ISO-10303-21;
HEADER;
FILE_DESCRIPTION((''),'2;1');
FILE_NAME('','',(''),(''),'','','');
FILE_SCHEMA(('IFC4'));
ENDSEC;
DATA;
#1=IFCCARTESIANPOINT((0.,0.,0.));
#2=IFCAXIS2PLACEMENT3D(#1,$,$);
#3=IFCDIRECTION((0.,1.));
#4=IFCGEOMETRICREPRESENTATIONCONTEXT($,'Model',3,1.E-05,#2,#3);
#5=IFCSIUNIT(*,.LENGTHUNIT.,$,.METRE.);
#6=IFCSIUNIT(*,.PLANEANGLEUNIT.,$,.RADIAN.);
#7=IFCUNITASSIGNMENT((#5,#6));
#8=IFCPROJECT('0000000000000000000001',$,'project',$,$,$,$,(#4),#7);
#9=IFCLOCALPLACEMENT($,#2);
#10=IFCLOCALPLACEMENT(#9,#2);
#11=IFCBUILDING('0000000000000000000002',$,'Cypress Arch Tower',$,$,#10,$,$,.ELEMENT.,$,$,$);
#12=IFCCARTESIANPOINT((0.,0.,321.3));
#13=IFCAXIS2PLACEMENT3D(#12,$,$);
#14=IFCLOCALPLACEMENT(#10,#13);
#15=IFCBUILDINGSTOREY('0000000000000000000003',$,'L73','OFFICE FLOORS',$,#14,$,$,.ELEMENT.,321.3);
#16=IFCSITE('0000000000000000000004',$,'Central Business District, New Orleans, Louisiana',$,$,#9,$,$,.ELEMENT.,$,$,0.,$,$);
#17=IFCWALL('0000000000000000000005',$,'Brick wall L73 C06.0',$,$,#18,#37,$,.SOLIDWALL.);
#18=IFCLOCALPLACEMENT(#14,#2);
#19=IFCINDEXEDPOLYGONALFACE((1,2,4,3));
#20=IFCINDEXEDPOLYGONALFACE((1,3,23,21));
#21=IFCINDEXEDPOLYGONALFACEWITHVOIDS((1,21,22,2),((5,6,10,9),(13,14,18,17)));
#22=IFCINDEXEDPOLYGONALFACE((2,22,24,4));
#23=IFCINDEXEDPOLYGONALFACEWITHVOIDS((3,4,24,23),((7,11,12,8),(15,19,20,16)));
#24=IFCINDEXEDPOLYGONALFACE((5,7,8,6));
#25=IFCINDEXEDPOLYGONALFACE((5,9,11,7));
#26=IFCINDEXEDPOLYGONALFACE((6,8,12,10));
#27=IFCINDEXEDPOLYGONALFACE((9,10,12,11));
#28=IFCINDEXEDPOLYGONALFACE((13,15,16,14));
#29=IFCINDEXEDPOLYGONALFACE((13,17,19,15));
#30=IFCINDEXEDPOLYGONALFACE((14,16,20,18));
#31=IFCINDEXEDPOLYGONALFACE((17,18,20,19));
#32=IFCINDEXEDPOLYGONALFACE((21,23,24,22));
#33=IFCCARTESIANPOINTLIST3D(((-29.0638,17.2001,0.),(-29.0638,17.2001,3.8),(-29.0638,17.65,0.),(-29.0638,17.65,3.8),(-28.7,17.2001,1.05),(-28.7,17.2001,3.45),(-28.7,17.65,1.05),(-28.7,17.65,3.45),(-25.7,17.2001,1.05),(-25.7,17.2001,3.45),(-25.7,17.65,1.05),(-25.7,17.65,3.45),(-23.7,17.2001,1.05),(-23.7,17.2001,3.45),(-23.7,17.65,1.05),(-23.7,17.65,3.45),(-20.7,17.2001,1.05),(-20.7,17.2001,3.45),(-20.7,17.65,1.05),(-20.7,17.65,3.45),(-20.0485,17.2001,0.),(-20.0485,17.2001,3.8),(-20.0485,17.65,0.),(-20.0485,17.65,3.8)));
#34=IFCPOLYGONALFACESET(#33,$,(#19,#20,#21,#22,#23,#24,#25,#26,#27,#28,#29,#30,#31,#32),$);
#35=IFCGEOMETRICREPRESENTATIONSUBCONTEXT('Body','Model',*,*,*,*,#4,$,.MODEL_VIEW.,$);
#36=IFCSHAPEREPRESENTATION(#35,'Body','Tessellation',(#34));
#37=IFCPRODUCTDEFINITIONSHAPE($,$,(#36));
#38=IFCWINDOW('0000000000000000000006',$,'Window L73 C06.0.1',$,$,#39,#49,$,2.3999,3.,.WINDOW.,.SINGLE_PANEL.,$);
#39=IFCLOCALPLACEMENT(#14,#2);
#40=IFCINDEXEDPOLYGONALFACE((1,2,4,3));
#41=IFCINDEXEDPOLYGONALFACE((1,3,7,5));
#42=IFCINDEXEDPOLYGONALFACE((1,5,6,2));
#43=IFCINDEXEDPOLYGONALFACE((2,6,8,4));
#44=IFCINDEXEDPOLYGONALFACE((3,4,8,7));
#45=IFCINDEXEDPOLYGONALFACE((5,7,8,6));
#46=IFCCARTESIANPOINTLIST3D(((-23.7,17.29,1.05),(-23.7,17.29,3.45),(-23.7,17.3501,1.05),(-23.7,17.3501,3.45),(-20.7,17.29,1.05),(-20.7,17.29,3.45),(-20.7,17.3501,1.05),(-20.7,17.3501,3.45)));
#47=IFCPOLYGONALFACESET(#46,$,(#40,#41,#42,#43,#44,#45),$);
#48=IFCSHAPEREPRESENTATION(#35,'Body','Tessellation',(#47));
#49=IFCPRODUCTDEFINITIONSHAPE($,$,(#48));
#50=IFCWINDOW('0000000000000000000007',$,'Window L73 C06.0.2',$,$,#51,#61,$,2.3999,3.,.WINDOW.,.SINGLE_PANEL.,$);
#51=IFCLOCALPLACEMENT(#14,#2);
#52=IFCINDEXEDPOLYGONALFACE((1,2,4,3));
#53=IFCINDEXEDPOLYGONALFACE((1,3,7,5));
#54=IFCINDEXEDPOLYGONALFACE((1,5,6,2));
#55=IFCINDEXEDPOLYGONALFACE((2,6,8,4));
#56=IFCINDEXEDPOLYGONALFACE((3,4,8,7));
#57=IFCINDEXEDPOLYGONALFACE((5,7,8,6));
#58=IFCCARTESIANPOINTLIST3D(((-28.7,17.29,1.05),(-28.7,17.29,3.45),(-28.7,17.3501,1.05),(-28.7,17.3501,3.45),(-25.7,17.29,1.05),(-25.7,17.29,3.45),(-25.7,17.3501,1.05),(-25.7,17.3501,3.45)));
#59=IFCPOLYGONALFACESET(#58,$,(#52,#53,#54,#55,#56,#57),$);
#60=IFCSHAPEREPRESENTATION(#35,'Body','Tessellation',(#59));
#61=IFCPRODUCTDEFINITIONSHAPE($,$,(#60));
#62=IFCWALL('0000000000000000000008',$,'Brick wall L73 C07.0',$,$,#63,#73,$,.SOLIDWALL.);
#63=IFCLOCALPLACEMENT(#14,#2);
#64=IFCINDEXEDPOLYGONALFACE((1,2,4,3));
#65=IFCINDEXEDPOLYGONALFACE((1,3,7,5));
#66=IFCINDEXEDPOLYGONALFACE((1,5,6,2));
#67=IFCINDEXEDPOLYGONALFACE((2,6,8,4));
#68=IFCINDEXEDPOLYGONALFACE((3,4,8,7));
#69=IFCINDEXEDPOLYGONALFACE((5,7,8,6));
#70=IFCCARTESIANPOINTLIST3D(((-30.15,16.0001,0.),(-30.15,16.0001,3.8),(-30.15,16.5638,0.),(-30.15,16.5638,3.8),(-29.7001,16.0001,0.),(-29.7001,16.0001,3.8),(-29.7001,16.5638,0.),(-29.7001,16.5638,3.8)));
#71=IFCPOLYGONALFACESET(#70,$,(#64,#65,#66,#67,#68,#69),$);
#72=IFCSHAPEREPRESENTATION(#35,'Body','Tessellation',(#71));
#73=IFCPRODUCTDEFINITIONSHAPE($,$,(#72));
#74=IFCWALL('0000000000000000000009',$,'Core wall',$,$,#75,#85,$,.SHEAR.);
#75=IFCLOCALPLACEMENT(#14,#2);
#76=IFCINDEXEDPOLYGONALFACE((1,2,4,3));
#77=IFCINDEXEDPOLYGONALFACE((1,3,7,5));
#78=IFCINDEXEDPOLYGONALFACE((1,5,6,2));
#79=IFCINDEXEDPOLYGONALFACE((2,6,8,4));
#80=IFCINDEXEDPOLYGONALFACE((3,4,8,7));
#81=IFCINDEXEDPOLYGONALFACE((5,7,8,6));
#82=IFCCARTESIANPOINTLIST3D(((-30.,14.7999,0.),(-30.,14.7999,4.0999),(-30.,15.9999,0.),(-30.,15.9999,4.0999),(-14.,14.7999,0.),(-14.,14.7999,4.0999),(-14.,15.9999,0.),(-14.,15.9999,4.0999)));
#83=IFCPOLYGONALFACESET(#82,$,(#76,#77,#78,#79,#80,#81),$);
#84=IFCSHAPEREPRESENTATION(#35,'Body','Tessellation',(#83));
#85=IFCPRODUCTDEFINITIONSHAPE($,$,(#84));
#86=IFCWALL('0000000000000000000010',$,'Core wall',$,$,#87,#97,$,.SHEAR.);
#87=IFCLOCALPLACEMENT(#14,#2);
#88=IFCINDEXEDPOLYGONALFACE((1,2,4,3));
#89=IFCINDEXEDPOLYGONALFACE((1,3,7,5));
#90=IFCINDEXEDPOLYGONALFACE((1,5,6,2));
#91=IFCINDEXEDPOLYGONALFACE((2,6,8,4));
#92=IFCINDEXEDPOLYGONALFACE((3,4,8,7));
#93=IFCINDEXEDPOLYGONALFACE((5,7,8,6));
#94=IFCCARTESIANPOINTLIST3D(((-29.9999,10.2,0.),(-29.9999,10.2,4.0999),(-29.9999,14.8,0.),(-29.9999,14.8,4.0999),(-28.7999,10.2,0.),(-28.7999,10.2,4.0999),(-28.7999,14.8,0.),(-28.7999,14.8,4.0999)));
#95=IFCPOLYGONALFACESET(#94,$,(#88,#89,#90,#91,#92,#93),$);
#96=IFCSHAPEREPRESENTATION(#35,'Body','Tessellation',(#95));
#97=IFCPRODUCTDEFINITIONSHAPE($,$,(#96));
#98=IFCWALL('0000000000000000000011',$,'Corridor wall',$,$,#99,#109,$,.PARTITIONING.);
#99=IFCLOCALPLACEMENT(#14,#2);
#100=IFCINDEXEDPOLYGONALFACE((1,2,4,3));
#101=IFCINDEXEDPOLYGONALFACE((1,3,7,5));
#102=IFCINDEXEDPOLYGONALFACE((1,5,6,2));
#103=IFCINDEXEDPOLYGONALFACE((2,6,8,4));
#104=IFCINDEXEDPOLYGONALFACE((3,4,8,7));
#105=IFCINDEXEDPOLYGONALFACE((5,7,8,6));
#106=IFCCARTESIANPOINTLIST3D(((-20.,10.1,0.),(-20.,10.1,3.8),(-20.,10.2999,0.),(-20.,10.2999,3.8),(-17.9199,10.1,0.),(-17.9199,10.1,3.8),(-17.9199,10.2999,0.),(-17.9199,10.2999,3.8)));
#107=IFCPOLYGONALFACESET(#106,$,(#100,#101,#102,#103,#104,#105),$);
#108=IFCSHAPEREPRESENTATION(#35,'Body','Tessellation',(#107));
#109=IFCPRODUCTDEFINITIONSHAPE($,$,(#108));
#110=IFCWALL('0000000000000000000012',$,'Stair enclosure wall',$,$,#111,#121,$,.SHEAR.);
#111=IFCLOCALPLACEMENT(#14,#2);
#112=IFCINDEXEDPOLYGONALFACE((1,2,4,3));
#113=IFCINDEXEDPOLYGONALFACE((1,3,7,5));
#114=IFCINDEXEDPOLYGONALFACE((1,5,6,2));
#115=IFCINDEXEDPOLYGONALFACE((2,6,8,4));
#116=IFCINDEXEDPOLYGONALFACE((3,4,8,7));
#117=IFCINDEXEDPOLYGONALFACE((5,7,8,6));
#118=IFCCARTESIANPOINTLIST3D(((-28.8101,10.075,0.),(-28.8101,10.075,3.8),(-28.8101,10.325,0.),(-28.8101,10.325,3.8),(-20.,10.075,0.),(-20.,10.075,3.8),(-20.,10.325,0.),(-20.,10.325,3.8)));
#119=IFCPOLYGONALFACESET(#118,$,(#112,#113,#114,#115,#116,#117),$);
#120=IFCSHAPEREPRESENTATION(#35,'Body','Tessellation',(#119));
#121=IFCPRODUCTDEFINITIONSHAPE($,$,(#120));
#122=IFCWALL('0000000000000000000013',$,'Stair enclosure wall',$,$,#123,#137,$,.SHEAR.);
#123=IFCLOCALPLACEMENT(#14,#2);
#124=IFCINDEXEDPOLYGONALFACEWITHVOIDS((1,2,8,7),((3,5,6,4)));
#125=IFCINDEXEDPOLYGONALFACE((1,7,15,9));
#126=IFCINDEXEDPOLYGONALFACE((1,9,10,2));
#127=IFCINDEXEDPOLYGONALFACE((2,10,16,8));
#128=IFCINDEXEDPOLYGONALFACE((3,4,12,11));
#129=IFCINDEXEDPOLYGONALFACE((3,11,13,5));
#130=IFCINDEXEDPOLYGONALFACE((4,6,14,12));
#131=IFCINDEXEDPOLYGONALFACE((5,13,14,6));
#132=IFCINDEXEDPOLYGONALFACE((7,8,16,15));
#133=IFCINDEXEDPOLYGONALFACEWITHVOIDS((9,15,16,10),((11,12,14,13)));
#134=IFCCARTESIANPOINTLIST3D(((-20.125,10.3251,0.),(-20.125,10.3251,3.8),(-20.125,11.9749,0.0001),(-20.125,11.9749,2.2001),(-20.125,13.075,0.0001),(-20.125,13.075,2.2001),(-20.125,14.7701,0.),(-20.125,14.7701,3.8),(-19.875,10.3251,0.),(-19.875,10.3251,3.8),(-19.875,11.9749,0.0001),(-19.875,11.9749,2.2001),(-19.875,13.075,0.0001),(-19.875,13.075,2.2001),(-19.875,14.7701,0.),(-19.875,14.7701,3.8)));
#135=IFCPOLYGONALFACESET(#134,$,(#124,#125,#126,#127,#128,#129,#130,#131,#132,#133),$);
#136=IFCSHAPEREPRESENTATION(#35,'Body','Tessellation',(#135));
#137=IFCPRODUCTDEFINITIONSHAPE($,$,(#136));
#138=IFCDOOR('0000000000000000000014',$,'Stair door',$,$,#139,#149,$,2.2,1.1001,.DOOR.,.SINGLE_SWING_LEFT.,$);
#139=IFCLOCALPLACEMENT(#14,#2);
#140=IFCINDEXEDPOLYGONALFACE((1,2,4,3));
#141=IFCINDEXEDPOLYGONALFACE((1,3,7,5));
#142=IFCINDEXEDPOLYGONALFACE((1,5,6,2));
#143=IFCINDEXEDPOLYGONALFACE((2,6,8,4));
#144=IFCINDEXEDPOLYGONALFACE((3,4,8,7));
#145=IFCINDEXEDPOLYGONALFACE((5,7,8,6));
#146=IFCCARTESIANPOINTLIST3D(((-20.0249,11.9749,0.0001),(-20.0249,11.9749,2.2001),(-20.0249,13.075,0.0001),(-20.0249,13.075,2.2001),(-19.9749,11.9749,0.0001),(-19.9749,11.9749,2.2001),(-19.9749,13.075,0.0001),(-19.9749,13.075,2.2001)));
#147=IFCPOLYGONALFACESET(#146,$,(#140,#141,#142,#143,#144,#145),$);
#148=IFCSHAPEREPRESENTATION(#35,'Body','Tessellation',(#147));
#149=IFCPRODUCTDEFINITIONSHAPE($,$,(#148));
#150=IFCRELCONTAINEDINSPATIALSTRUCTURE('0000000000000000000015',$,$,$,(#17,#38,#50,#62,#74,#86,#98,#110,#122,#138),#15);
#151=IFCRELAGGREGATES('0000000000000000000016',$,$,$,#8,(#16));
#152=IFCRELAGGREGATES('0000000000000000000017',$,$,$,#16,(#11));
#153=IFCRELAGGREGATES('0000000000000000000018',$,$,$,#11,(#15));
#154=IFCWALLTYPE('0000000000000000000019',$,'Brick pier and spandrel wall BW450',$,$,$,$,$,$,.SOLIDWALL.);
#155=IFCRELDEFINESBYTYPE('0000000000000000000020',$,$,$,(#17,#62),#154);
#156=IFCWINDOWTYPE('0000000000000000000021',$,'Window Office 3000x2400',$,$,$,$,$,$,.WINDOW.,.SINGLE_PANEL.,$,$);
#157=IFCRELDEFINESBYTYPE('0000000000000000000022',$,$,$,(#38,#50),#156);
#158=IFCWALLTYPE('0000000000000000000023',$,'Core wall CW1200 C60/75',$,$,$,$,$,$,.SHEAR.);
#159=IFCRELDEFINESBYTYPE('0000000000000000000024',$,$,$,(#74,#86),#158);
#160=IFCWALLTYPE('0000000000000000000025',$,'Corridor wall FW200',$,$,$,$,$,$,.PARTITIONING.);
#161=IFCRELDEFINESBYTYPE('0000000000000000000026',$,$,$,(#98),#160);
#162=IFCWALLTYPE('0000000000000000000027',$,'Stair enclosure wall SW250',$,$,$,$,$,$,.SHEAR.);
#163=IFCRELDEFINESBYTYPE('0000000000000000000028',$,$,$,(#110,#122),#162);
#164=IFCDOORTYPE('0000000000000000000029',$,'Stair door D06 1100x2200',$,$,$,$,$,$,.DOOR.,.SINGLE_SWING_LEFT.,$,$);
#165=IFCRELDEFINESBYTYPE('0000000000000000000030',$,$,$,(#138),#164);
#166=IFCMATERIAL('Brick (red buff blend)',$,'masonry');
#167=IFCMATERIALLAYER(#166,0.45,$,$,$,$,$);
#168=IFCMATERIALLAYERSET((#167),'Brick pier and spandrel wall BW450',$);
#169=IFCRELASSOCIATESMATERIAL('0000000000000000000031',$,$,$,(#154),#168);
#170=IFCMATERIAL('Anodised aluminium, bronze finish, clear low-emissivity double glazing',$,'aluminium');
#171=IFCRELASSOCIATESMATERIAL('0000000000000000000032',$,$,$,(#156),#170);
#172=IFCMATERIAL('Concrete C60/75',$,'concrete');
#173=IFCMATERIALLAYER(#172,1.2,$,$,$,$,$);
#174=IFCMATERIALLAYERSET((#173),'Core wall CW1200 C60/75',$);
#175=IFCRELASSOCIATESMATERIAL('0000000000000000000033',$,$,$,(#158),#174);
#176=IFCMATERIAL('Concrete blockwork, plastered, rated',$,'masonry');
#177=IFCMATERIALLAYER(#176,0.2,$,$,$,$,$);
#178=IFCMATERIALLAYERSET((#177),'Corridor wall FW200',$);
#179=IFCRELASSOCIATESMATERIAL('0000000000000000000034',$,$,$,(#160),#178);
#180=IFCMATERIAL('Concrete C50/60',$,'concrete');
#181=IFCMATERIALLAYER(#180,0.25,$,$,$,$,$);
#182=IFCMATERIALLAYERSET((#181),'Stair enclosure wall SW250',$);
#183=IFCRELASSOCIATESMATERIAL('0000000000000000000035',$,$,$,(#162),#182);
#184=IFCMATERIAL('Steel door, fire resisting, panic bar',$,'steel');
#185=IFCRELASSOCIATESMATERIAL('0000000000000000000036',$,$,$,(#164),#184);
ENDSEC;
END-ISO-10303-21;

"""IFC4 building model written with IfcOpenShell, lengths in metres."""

from ifc_helpers import new_model, si_unit, direction, frame, frame_2d, origin, place, context, subcontext, project, spatial, rectangle, extrude, material, layer, layer_set, type_object, element, fill, save


model = new_model("IFC4")

# Units and contexts
model_context = context("Model", 3, precision=1e-05, world=origin(), true_north=direction((0.0, 1.0)))
body_context = subcontext(model_context, "Body", "Model", "MODEL_VIEW")
ifc_project = project(units=[si_unit("LENGTHUNIT", "METRE"), si_unit("PLANEANGLEUNIT", "RADIAN")], contexts=[model_context])

# Site, building, storey
site_placement = place(None, origin())
site = spatial("IfcSite", under=ifc_project, at=site_placement, Name="Central Business District, New Orleans, Louisiana", CompositionType="ELEMENT", RefElevation=0.0)
building_placement = place(site_placement, origin())
building = spatial("IfcBuilding", under=site, at=building_placement, Name="Cypress Arch Tower", CompositionType="ELEMENT")
storey_placement = place(building_placement, frame((0.0, 0.0, 321.3)))
storey = spatial("IfcBuildingStorey", under=building, at=storey_placement, Name="L73", Description="OFFICE FLOORS", CompositionType="ELEMENT", Elevation=321.3)

# Shared definitions
ifc_material_1 = material(Name="Brick (red buff blend)", Category="masonry")
ifc_layer_1 = layer(ifc_material_1, 0.45)
ifc_layer_set_1 = layer_set([ifc_layer_1], Name="Brick pier and spandrel wall BW450")
wall_type_1 = type_object("IfcWallType", Name="Brick pier and spandrel wall BW450", PredefinedType="SOLIDWALL", material=ifc_layer_set_1)
ifc_material_2 = material(Name="Anodised aluminium, bronze finish, clear low-emissivity double glazing", Category="aluminium")
window_type = type_object("IfcWindowType", Name="Window Office 3000x2400", PartitioningType="SINGLE_PANEL", PredefinedType="WINDOW", material=ifc_material_2)

# Wall, openings, windows
wall_1_placement = place(storey_placement, frame((-20.0483, 17.425, 0.0), z_axis=(0.0, 0.0, 1.0), x_axis=(-1.0, 0.0, 0.0)))
wall_1 = element("IfcWall", 1, at=wall_1_placement, inside=storey, type_object=wall_type_1, Name="Brick wall L73 C06.0", PredefinedType="SOLIDWALL", context=body_context, shape_type="SweptSolid", body=[
    extrude(rectangle(XDim=9.0154, YDim=0.45, at=frame_2d((4.5078, 0.0))), origin(), (0.0, 0.0, 1.0), 3.8),
])
opening_1_placement = place(wall_1_placement, frame((0.6516, 0.0, 1.05)))
opening_1 = element("IfcOpeningElement", 2, at=opening_1_placement, cuts=wall_1, PredefinedType="OPENING", context=body_context, shape_type="SweptSolid", body=[
    extrude(rectangle(XDim=3.0, YDim=2.3999, at=frame_2d((1.5, 1.2))), frame((0.0, 0.2349, 0.0), z_axis=(0.0, -1.0, 0.0), x_axis=(1.0, 0.0, 0.0)), (0.0, 0.0, 1.0), 0.47),
])
opening_2_placement = place(wall_1_placement, frame((5.6516, 0.0, 1.05)))
opening_2 = element("IfcOpeningElement", 3, at=opening_2_placement, cuts=wall_1, PredefinedType="OPENING", context=body_context, shape_type="SweptSolid", body=[
    extrude(rectangle(XDim=3.0, YDim=2.3999, at=frame_2d((1.5, 1.2))), frame((0.0, 0.2349, 0.0), z_axis=(0.0, -1.0, 0.0), x_axis=(1.0, 0.0, 0.0)), (0.0, 0.0, 1.0), 0.47),
])
window_1_placement = place(opening_1_placement, origin())
window_1 = element("IfcWindow", 4, at=window_1_placement, inside=storey, type_object=window_type, Name="Window L73 C06.0.1", OverallHeight=2.3999, OverallWidth=3.0, PartitioningType="SINGLE_PANEL", PredefinedType="WINDOW", context=body_context, shape_type="SweptSolid", body=[
    extrude(rectangle(XDim=3.0, YDim=2.3999, at=frame_2d((1.5, 1.2))), frame((0.0, 0.135, 0.0), z_axis=(0.0, -1.0, 0.0), x_axis=(1.0, 0.0, 0.0)), (0.0, 0.0, 1.0), 0.0601),
])
fill(opening_1, window_1)
window_2_placement = place(opening_2_placement, origin())
window_2 = element("IfcWindow", 5, at=window_2_placement, inside=storey, type_object=window_type, Name="Window L73 C06.0.2", OverallHeight=2.3999, OverallWidth=3.0, PartitioningType="SINGLE_PANEL", PredefinedType="WINDOW", context=body_context, shape_type="SweptSolid", body=[
    extrude(rectangle(XDim=3.0, YDim=2.3999, at=frame_2d((1.5, 1.2))), frame((0.0, 0.135, 0.0), z_axis=(0.0, -1.0, 0.0), x_axis=(1.0, 0.0, 0.0)), (0.0, 0.0, 1.0), 0.0601),
])
fill(opening_2, window_2)

# Walls
wall_2_placement = place(storey_placement, frame((-29.925, 16.5637, 0.0), z_axis=(0.0, 0.0, 1.0), x_axis=(0.0, -1.0, 0.0)))
element("IfcWall", 6, at=wall_2_placement, inside=storey, type_object=wall_type_1, Name="Brick wall L73 C07.0", PredefinedType="SOLIDWALL", context=body_context, shape_type="SweptSolid", body=[
    extrude(rectangle(XDim=0.5637, YDim=0.45, at=frame_2d((0.2817, 0.0))), origin(), (0.0, 0.0, 1.0), 3.8),
])
ifc_material_3 = material(Name="Concrete C60/75", Category="concrete")
ifc_layer_2 = layer(ifc_material_3, 1.2)
ifc_layer_set_2 = layer_set([ifc_layer_2], Name="Core wall CW1200 C60/75")
wall_type_2 = type_object("IfcWallType", Name="Core wall CW1200 C60/75", PredefinedType="SHEAR", material=ifc_layer_set_2)
wall_3_placement = place(storey_placement, frame((-30.0, 15.3999, 0.0), z_axis=(0.0, 0.0, 1.0), x_axis=(1.0, 0.0, 0.0)))
element("IfcWall", 7, at=wall_3_placement, inside=storey, type_object=wall_type_2, Name="Core wall", PredefinedType="SHEAR", context=body_context, shape_type="SweptSolid", body=[
    extrude(rectangle(XDim=16.0, YDim=1.2, at=frame_2d((8.0, 0.0))), origin(), (0.0, 0.0, 1.0), 4.0999),
])
wall_4_placement = place(storey_placement, frame((-29.3999, 10.2, 0.0), z_axis=(0.0, 0.0, 1.0), x_axis=(0.0, 1.0, 0.0)))
element("IfcWall", 8, at=wall_4_placement, inside=storey, type_object=wall_type_2, Name="Core wall", PredefinedType="SHEAR", context=body_context, shape_type="SweptSolid", body=[
    extrude(rectangle(XDim=4.6001, YDim=1.2, at=frame_2d((2.3, 0.0))), origin(), (0.0, 0.0, 1.0), 4.0999),
])
ifc_material_4 = material(Name="Concrete blockwork, plastered, rated", Category="masonry")
ifc_layer_3 = layer(ifc_material_4, 0.2)
ifc_layer_set_3 = layer_set([ifc_layer_3], Name="Corridor wall FW200")
wall_type_3 = type_object("IfcWallType", Name="Corridor wall FW200", PredefinedType="PARTITIONING", material=ifc_layer_set_3)
wall_5_placement = place(storey_placement, frame((-20.0, 10.2, 0.0), z_axis=(0.0, 0.0, 1.0), x_axis=(1.0, 0.0, 0.0)))
element("IfcWall", 9, at=wall_5_placement, inside=storey, type_object=wall_type_3, Name="Corridor wall", PredefinedType="PARTITIONING", context=body_context, shape_type="SweptSolid", body=[
    extrude(rectangle(XDim=2.0801, YDim=0.2, at=frame_2d((1.04, 0.0))), origin(), (0.0, 0.0, 1.0), 3.8),
])
ifc_material_5 = material(Name="Concrete C50/60", Category="concrete")
ifc_layer_4 = layer(ifc_material_5, 0.25)
ifc_layer_set_4 = layer_set([ifc_layer_4], Name="Stair enclosure wall SW250")
wall_type_4 = type_object("IfcWallType", Name="Stair enclosure wall SW250", PredefinedType="SHEAR", material=ifc_layer_set_4)
wall_6_placement = place(storey_placement, frame((-28.8101, 10.2, 0.0), z_axis=(0.0, 0.0, 1.0), x_axis=(1.0, 0.0, 0.0)))
element("IfcWall", 10, at=wall_6_placement, inside=storey, type_object=wall_type_4, Name="Stair enclosure wall", PredefinedType="SHEAR", context=body_context, shape_type="SweptSolid", body=[
    extrude(rectangle(XDim=8.8101, YDim=0.25, at=frame_2d((4.405, 0.0))), origin(), (0.0, 0.0, 1.0), 3.8),
])

# Wall, opening, door
wall_7_placement = place(storey_placement, frame((-20.0, 10.325, 0.0), z_axis=(0.0, 0.0, 1.0), x_axis=(0.0, 1.0, 0.0)))
wall_7 = element("IfcWall", 11, at=wall_7_placement, inside=storey, type_object=wall_type_4, Name="Stair enclosure wall", PredefinedType="SHEAR", context=body_context, shape_type="SweptSolid", body=[
    extrude(rectangle(XDim=4.4451, YDim=0.25, at=frame_2d((2.2227, 0.0))), origin(), (0.0, 0.0, 1.0), 3.8),
])
opening_3_placement = place(wall_7_placement, frame((1.6499, 0.0, 0.0)))
opening_3 = element("IfcOpeningElement", 12, at=opening_3_placement, cuts=wall_7, PredefinedType="OPENING", context=body_context, shape_type="SweptSolid", body=[
    extrude(rectangle(XDim=1.1001, YDim=2.2, at=frame_2d((0.55, 1.1001))), frame((0.0, 0.135, 0.0), z_axis=(0.0, -1.0, 0.0), x_axis=(1.0, 0.0, 0.0)), (0.0, 0.0, 1.0), 0.27),
])
ifc_material_6 = material(Name="Steel door, fire resisting, panic bar", Category="steel")
door_type = type_object("IfcDoorType", Name="Stair door D06 1100x2200", OperationType="SINGLE_SWING_LEFT", PredefinedType="DOOR", material=ifc_material_6)
door_placement = place(opening_3_placement, origin())
door = element("IfcDoor", 13, at=door_placement, inside=storey, type_object=door_type, Name="Stair door", OperationType="SINGLE_SWING_LEFT", OverallHeight=2.2, OverallWidth=1.1001, PredefinedType="DOOR", context=body_context, shape_type="SweptSolid", body=[
    extrude(rectangle(XDim=1.1001, YDim=2.2, at=frame_2d((0.55, 1.1001))), frame((0.0, 0.0249, 0.0), z_axis=(0.0, -1.0, 0.0), x_axis=(1.0, 0.0, 0.0)), (0.0, 0.0, 1.0), 0.05),
])
fill(opening_3, door)

save(model, "model.ifc")
